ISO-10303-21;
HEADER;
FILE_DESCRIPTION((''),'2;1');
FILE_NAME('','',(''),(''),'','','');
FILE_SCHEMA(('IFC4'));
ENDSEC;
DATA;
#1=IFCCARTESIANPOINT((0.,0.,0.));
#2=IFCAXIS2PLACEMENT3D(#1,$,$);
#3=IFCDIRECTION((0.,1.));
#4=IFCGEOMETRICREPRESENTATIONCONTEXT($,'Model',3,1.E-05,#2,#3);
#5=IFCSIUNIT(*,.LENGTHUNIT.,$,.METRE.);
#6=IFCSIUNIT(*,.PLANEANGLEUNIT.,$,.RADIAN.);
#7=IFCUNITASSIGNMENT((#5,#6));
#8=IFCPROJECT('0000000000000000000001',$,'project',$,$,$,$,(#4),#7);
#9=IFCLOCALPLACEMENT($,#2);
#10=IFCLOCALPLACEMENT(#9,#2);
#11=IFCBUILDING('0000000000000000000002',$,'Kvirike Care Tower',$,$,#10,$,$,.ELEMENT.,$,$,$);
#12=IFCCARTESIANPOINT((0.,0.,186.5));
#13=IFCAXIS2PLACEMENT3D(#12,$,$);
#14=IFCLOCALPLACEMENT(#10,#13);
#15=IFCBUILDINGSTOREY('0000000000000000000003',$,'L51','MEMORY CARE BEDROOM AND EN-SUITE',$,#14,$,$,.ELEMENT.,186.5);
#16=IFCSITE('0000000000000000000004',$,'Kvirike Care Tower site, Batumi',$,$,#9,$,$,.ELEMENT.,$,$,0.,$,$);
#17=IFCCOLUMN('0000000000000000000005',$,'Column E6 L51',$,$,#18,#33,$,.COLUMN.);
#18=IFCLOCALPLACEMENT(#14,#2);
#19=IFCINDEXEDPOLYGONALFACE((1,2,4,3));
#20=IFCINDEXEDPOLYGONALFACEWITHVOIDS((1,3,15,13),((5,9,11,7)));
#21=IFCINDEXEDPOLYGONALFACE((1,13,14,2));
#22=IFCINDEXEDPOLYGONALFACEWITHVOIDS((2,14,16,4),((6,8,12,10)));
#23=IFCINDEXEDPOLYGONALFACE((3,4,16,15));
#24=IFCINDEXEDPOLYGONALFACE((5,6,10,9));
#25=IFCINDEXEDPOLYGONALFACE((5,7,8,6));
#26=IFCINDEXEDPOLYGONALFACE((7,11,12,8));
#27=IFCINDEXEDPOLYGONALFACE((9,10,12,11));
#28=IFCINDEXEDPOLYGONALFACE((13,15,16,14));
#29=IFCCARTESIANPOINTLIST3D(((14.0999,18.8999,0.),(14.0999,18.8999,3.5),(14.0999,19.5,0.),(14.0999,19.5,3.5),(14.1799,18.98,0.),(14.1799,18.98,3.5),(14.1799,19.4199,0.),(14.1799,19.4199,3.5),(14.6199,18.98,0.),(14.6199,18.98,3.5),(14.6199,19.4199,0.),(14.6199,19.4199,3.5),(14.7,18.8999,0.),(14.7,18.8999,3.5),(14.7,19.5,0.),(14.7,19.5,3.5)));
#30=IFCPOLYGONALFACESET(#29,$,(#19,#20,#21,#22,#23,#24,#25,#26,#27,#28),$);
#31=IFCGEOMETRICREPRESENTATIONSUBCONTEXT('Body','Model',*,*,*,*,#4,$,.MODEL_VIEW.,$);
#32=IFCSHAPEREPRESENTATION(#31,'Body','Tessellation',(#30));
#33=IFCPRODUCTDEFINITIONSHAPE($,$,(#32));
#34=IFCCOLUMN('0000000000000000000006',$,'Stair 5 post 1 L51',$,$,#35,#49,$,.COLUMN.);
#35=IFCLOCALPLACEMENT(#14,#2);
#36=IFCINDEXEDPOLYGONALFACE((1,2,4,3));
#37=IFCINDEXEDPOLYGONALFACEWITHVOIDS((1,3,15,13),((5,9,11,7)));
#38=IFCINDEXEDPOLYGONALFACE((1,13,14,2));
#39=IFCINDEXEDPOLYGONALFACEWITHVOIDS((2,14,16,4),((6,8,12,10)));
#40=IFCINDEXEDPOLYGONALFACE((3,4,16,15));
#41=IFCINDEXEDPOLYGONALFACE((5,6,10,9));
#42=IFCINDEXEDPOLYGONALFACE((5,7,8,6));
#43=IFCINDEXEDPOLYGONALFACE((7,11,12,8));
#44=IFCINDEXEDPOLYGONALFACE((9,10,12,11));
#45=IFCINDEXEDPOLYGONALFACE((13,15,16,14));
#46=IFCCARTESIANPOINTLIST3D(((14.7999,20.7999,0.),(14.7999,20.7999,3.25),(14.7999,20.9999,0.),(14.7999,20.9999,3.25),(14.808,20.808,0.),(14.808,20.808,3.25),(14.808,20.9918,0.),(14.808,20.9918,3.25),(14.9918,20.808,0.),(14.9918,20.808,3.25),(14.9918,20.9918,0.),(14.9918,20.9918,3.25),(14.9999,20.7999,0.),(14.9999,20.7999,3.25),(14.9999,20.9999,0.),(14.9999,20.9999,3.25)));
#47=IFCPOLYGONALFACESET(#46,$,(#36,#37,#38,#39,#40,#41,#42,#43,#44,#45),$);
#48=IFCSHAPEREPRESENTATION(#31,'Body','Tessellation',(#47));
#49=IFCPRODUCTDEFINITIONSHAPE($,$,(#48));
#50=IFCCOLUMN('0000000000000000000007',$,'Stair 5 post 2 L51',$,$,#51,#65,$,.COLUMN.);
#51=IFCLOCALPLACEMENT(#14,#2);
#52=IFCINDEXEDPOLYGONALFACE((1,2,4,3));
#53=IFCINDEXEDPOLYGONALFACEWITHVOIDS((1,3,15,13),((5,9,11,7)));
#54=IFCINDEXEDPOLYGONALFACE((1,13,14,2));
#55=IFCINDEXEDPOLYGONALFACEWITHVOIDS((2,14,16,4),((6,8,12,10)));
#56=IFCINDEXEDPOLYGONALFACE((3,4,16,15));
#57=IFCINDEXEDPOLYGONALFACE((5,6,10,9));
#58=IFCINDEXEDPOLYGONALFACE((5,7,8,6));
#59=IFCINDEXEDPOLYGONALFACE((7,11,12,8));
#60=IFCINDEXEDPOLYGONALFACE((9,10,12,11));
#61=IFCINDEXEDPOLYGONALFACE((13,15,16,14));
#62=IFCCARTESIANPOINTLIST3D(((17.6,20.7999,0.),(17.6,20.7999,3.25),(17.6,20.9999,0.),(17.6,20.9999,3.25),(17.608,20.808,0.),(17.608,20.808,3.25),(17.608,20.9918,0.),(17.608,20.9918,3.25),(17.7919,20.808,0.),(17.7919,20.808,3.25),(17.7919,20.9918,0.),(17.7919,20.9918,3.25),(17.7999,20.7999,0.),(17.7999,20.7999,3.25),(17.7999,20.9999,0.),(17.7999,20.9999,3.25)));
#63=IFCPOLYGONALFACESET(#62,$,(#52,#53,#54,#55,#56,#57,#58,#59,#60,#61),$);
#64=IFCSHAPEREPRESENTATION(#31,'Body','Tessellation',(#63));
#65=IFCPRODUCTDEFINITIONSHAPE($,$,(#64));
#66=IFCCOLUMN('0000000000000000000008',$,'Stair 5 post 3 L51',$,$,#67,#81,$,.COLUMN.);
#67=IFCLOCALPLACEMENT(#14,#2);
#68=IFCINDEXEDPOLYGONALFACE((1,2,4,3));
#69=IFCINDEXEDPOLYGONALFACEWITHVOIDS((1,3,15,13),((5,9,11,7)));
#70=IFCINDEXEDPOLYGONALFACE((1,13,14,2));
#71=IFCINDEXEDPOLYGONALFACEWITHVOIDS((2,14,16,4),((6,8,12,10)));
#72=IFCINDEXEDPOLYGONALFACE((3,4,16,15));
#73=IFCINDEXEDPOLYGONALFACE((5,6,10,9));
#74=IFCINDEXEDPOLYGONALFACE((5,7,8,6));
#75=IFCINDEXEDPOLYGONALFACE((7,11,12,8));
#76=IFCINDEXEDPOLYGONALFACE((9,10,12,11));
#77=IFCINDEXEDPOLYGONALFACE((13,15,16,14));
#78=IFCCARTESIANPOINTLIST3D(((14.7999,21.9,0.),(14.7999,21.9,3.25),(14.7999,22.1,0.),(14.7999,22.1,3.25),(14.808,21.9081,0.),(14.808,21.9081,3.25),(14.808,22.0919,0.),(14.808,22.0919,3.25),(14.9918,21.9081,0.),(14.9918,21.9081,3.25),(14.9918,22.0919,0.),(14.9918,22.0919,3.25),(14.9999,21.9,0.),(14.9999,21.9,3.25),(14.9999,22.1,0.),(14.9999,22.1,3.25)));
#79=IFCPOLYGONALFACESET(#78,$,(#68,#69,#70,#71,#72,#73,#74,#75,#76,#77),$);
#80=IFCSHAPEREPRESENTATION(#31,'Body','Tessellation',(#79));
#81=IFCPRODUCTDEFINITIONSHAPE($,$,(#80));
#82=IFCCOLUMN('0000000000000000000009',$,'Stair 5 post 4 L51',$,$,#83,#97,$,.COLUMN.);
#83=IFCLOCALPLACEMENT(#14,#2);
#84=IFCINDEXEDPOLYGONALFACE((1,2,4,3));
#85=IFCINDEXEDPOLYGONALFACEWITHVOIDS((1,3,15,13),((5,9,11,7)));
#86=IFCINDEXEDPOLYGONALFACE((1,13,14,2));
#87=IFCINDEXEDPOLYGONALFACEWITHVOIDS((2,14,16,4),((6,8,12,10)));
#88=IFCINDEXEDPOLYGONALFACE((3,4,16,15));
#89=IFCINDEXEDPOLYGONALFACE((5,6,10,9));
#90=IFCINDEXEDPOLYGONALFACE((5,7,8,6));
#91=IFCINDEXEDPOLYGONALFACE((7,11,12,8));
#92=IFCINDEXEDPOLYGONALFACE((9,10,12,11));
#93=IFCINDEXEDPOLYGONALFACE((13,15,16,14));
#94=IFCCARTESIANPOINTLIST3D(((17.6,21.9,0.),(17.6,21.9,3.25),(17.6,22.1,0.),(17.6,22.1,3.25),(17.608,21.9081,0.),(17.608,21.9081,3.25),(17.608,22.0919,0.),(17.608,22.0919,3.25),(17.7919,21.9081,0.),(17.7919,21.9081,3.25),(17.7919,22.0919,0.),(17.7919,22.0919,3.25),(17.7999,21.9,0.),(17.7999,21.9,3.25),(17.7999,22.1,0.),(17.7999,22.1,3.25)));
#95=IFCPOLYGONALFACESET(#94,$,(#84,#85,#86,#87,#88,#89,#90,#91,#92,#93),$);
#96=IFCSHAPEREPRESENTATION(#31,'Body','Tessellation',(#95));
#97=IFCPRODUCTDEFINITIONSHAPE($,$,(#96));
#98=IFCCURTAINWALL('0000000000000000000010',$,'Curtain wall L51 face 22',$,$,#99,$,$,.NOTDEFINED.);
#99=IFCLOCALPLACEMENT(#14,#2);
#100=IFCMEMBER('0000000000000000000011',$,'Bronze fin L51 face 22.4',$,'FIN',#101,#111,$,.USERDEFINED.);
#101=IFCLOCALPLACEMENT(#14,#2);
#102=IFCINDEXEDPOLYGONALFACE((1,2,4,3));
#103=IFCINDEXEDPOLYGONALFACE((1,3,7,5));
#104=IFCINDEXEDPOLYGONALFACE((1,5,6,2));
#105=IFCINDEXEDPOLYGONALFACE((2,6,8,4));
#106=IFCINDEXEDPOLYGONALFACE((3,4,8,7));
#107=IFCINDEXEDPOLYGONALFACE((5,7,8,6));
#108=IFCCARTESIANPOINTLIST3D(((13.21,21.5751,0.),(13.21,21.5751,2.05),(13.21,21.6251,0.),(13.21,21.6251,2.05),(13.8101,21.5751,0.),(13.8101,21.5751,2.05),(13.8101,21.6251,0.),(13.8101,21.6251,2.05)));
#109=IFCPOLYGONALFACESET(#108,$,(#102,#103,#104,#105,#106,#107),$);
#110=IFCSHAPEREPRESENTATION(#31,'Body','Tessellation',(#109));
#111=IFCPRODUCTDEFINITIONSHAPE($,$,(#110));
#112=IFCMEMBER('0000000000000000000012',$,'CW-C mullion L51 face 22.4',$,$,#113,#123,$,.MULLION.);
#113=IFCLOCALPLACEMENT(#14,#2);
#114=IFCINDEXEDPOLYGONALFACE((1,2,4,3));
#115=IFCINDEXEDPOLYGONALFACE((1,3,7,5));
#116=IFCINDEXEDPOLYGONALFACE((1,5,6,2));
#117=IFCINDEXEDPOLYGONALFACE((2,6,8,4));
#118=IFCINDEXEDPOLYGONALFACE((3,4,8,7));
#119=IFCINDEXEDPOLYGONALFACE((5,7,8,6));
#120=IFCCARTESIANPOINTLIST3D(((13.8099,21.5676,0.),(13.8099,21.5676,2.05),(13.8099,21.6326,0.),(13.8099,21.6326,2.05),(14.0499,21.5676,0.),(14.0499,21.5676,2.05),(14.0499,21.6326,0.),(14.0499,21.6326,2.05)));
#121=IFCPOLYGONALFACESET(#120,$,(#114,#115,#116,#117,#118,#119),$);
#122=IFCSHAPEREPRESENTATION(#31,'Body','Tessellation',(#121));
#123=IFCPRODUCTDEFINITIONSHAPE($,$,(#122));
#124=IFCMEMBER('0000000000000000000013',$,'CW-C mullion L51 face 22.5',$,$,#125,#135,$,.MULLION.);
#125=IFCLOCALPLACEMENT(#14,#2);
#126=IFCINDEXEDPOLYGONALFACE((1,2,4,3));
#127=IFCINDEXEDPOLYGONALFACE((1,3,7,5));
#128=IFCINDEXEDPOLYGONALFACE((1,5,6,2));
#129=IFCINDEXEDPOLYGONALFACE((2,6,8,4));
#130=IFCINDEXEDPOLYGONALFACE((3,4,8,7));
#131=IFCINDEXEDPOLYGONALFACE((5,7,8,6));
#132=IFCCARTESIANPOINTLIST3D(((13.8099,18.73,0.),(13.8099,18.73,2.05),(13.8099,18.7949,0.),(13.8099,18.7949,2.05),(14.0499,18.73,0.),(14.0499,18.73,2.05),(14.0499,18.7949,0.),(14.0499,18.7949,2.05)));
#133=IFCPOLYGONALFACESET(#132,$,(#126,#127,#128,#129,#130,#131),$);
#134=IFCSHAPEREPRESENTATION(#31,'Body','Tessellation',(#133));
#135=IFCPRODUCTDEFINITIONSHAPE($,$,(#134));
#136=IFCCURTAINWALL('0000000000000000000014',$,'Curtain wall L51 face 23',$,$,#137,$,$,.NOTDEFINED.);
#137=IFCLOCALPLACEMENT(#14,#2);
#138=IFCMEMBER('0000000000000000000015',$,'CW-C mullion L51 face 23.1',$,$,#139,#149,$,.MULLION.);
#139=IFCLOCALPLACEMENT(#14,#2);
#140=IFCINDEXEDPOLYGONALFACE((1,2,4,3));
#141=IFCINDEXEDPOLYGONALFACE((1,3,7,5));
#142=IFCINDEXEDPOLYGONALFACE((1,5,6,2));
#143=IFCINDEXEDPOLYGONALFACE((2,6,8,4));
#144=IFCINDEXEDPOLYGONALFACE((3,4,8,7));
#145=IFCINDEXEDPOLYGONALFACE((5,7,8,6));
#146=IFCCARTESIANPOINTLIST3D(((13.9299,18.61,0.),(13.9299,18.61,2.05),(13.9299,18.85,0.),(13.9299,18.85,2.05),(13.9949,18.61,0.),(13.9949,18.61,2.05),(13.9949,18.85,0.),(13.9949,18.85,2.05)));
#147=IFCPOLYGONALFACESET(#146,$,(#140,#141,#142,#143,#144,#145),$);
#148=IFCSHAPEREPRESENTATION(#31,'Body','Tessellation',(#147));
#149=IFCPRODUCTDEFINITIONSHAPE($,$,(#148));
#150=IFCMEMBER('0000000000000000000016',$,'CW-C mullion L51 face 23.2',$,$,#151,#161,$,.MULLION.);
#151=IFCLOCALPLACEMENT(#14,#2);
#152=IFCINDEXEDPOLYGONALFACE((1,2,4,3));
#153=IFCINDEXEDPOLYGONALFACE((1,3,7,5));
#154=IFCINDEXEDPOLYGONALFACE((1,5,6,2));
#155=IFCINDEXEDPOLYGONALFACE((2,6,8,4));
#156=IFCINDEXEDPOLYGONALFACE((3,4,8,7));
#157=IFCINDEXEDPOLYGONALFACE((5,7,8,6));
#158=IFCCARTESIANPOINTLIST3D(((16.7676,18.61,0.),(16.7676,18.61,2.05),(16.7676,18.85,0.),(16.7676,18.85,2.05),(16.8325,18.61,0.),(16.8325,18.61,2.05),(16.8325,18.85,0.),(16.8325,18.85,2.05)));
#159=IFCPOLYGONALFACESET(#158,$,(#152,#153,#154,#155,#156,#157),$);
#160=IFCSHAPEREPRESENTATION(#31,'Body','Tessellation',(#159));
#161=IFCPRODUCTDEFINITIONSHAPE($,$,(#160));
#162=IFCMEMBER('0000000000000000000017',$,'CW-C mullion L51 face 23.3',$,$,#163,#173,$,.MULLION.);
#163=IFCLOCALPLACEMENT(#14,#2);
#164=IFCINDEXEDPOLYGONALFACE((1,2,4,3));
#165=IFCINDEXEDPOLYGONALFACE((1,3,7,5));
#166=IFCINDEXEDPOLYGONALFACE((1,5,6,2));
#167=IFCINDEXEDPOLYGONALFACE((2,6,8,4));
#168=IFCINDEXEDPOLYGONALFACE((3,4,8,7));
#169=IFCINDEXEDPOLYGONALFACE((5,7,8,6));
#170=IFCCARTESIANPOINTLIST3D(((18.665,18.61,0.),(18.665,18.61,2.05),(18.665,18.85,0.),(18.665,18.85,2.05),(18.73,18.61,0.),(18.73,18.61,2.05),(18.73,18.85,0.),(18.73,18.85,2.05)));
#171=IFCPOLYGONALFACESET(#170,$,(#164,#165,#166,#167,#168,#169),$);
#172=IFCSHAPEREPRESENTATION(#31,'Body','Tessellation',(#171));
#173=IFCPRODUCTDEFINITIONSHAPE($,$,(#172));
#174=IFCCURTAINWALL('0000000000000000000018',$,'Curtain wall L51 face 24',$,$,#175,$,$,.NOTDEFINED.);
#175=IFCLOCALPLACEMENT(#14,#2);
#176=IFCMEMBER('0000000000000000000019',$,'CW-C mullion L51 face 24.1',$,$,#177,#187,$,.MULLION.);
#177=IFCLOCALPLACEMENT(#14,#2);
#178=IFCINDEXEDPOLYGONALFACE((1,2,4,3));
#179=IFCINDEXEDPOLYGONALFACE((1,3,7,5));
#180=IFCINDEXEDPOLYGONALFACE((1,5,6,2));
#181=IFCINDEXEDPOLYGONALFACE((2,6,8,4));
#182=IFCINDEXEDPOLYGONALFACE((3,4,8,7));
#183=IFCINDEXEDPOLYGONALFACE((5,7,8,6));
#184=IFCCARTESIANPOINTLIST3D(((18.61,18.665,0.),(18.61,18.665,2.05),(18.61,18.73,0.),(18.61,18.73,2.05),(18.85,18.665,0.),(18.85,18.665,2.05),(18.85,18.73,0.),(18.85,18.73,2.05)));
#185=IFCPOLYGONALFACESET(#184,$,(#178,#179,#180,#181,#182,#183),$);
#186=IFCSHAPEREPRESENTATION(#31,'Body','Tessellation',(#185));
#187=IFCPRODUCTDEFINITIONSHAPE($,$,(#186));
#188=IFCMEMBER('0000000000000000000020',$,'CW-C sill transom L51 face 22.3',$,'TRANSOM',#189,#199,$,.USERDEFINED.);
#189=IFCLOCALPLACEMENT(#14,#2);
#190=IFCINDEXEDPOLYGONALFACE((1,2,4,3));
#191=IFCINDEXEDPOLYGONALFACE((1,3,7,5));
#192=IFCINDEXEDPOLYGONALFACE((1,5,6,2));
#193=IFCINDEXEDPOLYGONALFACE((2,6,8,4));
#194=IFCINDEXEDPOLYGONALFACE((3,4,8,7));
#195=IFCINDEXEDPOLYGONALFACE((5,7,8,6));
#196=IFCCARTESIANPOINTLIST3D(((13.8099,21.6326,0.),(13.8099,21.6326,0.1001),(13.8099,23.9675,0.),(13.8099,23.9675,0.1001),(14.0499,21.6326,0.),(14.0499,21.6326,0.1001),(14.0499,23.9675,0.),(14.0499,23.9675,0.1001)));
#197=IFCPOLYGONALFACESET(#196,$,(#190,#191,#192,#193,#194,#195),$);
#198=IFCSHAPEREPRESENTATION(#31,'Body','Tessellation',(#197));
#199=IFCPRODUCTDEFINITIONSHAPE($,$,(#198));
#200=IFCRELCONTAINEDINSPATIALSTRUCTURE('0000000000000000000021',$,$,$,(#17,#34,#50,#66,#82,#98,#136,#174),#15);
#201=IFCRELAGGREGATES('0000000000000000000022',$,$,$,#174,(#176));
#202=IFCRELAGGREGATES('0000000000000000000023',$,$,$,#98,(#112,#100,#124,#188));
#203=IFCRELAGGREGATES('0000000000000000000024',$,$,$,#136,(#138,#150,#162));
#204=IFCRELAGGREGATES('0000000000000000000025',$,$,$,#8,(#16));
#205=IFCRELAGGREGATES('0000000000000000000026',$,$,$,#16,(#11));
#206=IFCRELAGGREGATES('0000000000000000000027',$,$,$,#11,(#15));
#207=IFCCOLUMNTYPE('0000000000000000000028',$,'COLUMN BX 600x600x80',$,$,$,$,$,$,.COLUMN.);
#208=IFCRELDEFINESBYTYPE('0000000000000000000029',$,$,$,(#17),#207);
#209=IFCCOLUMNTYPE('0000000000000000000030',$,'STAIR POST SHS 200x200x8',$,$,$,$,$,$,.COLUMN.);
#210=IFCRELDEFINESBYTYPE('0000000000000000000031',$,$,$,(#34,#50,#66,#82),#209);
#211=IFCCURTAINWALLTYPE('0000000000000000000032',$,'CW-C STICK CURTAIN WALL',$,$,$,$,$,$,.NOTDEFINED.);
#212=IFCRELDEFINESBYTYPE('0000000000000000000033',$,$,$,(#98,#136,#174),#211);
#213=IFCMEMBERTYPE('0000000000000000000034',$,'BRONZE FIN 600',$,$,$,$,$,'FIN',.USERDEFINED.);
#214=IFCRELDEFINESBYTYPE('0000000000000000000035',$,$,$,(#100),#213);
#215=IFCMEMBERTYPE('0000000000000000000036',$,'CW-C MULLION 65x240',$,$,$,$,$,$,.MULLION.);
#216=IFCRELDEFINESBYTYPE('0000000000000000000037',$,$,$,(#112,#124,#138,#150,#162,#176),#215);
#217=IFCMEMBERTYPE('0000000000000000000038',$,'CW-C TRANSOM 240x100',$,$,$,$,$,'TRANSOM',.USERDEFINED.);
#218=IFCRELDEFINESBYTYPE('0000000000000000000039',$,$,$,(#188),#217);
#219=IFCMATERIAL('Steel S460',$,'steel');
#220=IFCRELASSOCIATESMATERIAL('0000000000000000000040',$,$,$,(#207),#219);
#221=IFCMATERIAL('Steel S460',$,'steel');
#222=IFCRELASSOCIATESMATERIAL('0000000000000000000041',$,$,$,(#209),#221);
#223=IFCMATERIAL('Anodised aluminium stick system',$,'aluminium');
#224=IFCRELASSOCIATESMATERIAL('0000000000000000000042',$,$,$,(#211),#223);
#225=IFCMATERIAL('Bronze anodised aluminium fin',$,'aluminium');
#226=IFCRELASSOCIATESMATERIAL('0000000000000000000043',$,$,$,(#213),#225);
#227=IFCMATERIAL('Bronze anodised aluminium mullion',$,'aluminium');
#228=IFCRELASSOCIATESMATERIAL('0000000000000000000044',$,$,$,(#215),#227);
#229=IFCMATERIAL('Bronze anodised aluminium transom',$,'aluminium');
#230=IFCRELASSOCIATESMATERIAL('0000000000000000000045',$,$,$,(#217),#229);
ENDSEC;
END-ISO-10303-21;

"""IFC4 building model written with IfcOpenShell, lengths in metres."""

from ifc_helpers import new_model, si_unit, direction, frame, origin, origin_2d, place, context, subcontext, project, spatial, rectangle, hollow_rectangle, extrude, material, material_profile, profile_set, type_object, element, aggregate, save


model = new_model("IFC4")

# Units and contexts
model_context = context("Model", 3, precision=1e-05, world=origin(), true_north=direction((0.0, 1.0)))
body_context = subcontext(model_context, "Body", "Model", "MODEL_VIEW")
ifc_project = project(units=[si_unit("LENGTHUNIT", "METRE"), si_unit("PLANEANGLEUNIT", "RADIAN")], contexts=[model_context])

# Site, building, storey
site_placement = place(None, origin())
site = spatial("IfcSite", under=ifc_project, at=site_placement, Name="Kvirike Care Tower site, Batumi", CompositionType="ELEMENT", RefElevation=0.0)
building_placement = place(site_placement, origin())
building = spatial("IfcBuilding", under=site, at=building_placement, Name="Kvirike Care Tower", CompositionType="ELEMENT")
storey_placement = place(building_placement, frame((0.0, 0.0, 186.5)))
storey = spatial("IfcBuildingStorey", under=building, at=storey_placement, Name="L51", Description="MEMORY CARE BEDROOM AND EN-SUITE", CompositionType="ELEMENT", Elevation=186.5)

# Columns
ifc_material_1 = material(Name="Steel S460", Category="steel")
ifc_material_profile_1 = material_profile(ifc_material_1, hollow_rectangle(XDim=0.6001, YDim=0.6001, WallThickness=0.0801, at=origin_2d()), Name="BX 600x600x80")
ifc_profile_set_1 = profile_set([ifc_material_profile_1], Name="Steel S460")
column_type_1 = type_object("IfcColumnType", Name="COLUMN BX 600x600x80", PredefinedType="COLUMN", material=ifc_profile_set_1)
column_placement = place(storey_placement, frame((14.3999, 19.2, 0.0), z_axis=(0.0, 0.0, 1.0), x_axis=(0.0, 1.0, 0.0)))
element("IfcColumn", 1, at=column_placement, inside=storey, type_object=column_type_1, Name="Column E6 L51", PredefinedType="COLUMN", context=body_context, shape_type="SweptSolid", body=[
    extrude(hollow_rectangle(XDim=0.6001, YDim=0.6001, WallThickness=0.0801, at=origin_2d()), origin(), (0.0, 0.0, 1.0), 3.5),
])
ifc_material_2 = material(Name="Steel S460", Category="steel")
ifc_material_profile_2 = material_profile(ifc_material_2, hollow_rectangle(XDim=0.2, YDim=0.2, WallThickness=0.0081, at=origin_2d()), Name="SHS 200x200x8")
ifc_profile_set_2 = profile_set([ifc_material_profile_2], Name="Steel S460")
column_type_2 = type_object("IfcColumnType", Name="STAIR POST SHS 200x200x8", PredefinedType="COLUMN", material=ifc_profile_set_2)
for number, where, z_axis, x_axis, name in (
    (2, (14.8999, 20.8999, 0.0), (0.0, 0.0, 1.0), (1.0, 0.0, 0.0), "Stair 5 post 1 L51"),
    (3, (17.7, 20.8999, 0.0), (0.0, 0.0, 1.0), (1.0, 0.0, 0.0), "Stair 5 post 2 L51"),
    (4, (14.8999, 22.0, 0.0), (0.0, 0.0, 1.0), (1.0, 0.0, 0.0), "Stair 5 post 3 L51"),
    (5, (17.7, 22.0, 0.0), (0.0, 0.0, 1.0), (1.0, 0.0, 0.0), "Stair 5 post 4 L51"),
):
    element("IfcColumn", number, at=place(storey_placement, frame(where, z_axis=z_axis, x_axis=x_axis)), inside=storey, type_object=column_type_2, Name=name, PredefinedType="COLUMN", context=body_context, shape_type="SweptSolid", body=[
        extrude(hollow_rectangle(XDim=0.2, YDim=0.2, WallThickness=0.0081, at=origin_2d()), origin(), (0.0, 0.0, 1.0), 3.25),
    ])

# Curtain walls, members
ifc_material_3 = material(Name="Anodised aluminium stick system", Category="aluminium")
curtain_wall_type = type_object("IfcCurtainWallType", Name="CW-C STICK CURTAIN WALL", PredefinedType="NOTDEFINED", material=ifc_material_3)
curtain_wall_1_placement = place(storey_placement, origin())
curtain_wall_1 = element("IfcCurtainWall", 6, at=curtain_wall_1_placement, inside=storey, type_object=curtain_wall_type, Name="Curtain wall L51 face 22", PredefinedType="NOTDEFINED")
ifc_material_4 = material(Name="Bronze anodised aluminium fin", Category="aluminium")
ifc_material_profile_3 = material_profile(ifc_material_4, rectangle(XDim=0.05, YDim=0.6001, at=origin_2d()), Name="BRONZE FIN 600")
ifc_profile_set_3 = profile_set([ifc_material_profile_3], Name="Bronze anodised aluminium fin")
member_type_1 = type_object("IfcMemberType", Name="BRONZE FIN 600", ElementType="FIN", PredefinedType="USERDEFINED", material=ifc_profile_set_3)
member_1_placement = place(storey_placement, frame((13.51, 21.6001, 0.0), z_axis=(0.0, 0.0, 1.0), x_axis=(0.0, -1.0, 0.0)))
member_1 = element("IfcMember", 7, at=member_1_placement, type_object=member_type_1, Name="Bronze fin L51 face 22.4", ObjectType="FIN", PredefinedType="USERDEFINED", context=body_context, shape_type="SweptSolid", body=[
    extrude(rectangle(XDim=0.05, YDim=0.6001, at=origin_2d()), origin(), (0.0, 0.0, 1.0), 2.05),
])
ifc_material_5 = material(Name="Bronze anodised aluminium mullion", Category="aluminium")
ifc_material_profile_4 = material_profile(ifc_material_5, rectangle(XDim=0.0649, YDim=0.24, at=origin_2d()), Name="CW-C MULLION 65x240")
ifc_profile_set_4 = profile_set([ifc_material_profile_4], Name="Bronze anodised aluminium mullion")
member_type_2 = type_object("IfcMemberType", Name="CW-C MULLION 65x240", PredefinedType="MULLION", material=ifc_profile_set_4)
member_2_placement = place(storey_placement, frame((13.9299, 21.6001, 0.0), z_axis=(0.0, 0.0, 1.0), x_axis=(0.0, -1.0, 0.0)))
member_2 = element("IfcMember", 8, at=member_2_placement, type_object=member_type_2, Name="CW-C mullion L51 face 22.4", PredefinedType="MULLION", context=body_context, shape_type="SweptSolid", body=[
    extrude(rectangle(XDim=0.0649, YDim=0.24, at=origin_2d()), origin(), (0.0, 0.0, 1.0), 2.05),
])
member_3_placement = place(storey_placement, frame((13.9299, 18.7625, 0.0), z_axis=(0.0, 0.0, 1.0), x_axis=(0.0, -1.0, 0.0)))
member_3 = element("IfcMember", 9, at=member_3_placement, type_object=member_type_2, Name="CW-C mullion L51 face 22.5", PredefinedType="MULLION", context=body_context, shape_type="SweptSolid", body=[
    extrude(rectangle(XDim=0.0649, YDim=0.24, at=origin_2d()), origin(), (0.0, 0.0, 1.0), 2.05),
])
curtain_wall_2_placement = place(storey_placement, origin())
curtain_wall_2 = element("IfcCurtainWall", 10, at=curtain_wall_2_placement, inside=storey, type_object=curtain_wall_type, Name="Curtain wall L51 face 23", PredefinedType="NOTDEFINED")
member_4_placement = place(storey_placement, frame((13.9624, 18.73, 0.0), z_axis=(0.0, 0.0, 1.0), x_axis=(1.0, 0.0, 0.0)))
member_4 = element("IfcMember", 11, at=member_4_placement, type_object=member_type_2, Name="CW-C mullion L51 face 23.1", PredefinedType="MULLION", context=body_context, shape_type="SweptSolid", body=[
    extrude(rectangle(XDim=0.0649, YDim=0.24, at=origin_2d()), origin(), (0.0, 0.0, 1.0), 2.05),
])
member_5_placement = place(storey_placement, frame((16.8, 18.73, 0.0), z_axis=(0.0, 0.0, 1.0), x_axis=(1.0, 0.0, 0.0)))
member_5 = element("IfcMember", 12, at=member_5_placement, type_object=member_type_2, Name="CW-C mullion L51 face 23.2", PredefinedType="MULLION", context=body_context, shape_type="SweptSolid", body=[
    extrude(rectangle(XDim=0.0649, YDim=0.24, at=origin_2d()), origin(), (0.0, 0.0, 1.0), 2.05),
])
member_6_placement = place(storey_placement, frame((18.6975, 18.73, 0.0), z_axis=(0.0, 0.0, 1.0), x_axis=(1.0, 0.0, 0.0)))
member_6 = element("IfcMember", 13, at=member_6_placement, type_object=member_type_2, Name="CW-C mullion L51 face 23.3", PredefinedType="MULLION", context=body_context, shape_type="SweptSolid", body=[
    extrude(rectangle(XDim=0.0649, YDim=0.24, at=origin_2d()), origin(), (0.0, 0.0, 1.0), 2.05),
])

# Curtain wall, member
curtain_wall_3_placement = place(storey_placement, origin())
curtain_wall_3 = element("IfcCurtainWall", 14, at=curtain_wall_3_placement, inside=storey, type_object=curtain_wall_type, Name="Curtain wall L51 face 24", PredefinedType="NOTDEFINED")
member_7_placement = place(storey_placement, frame((18.73, 18.6975, 0.0), z_axis=(0.0, 0.0, 1.0), x_axis=(0.0, -1.0, 0.0)))
member_7 = element("IfcMember", 15, at=member_7_placement, type_object=member_type_2, Name="CW-C mullion L51 face 24.1", PredefinedType="MULLION", context=body_context, shape_type="SweptSolid", body=[
    extrude(rectangle(XDim=0.0649, YDim=0.24, at=origin_2d()), origin(), (0.0, 0.0, 1.0), 2.05),
])
aggregate(curtain_wall_3, [member_7])

# Member
ifc_material_6 = material(Name="Bronze anodised aluminium transom", Category="aluminium")
ifc_material_profile_5 = material_profile(ifc_material_6, rectangle(XDim=0.24, YDim=0.1001, at=origin_2d()), Name="CW-C TRANSOM 240x100")
ifc_profile_set_5 = profile_set([ifc_material_profile_5], Name="Bronze anodised aluminium transom")
member_type_3 = type_object("IfcMemberType", Name="CW-C TRANSOM 240x100", ElementType="TRANSOM", PredefinedType="USERDEFINED", material=ifc_profile_set_5)
member_8_placement = place(storey_placement, frame((13.9299, 23.9675, 0.05), z_axis=(0.0, -1.0, 0.0), x_axis=(1.0, 0.0, 0.0)))
member_8 = element("IfcMember", 16, at=member_8_placement, type_object=member_type_3, Name="CW-C sill transom L51 face 22.3", ObjectType="TRANSOM", PredefinedType="USERDEFINED", context=body_context, shape_type="SweptSolid", body=[
    extrude(rectangle(XDim=0.24, YDim=0.1001, at=origin_2d()), origin(), (0.0, 0.0, 1.0), 2.335),
])

aggregate(curtain_wall_1, [member_2, member_1, member_3, member_8])
aggregate(curtain_wall_2, [member_4, member_5, member_6])

save(model, "model.ifc")
